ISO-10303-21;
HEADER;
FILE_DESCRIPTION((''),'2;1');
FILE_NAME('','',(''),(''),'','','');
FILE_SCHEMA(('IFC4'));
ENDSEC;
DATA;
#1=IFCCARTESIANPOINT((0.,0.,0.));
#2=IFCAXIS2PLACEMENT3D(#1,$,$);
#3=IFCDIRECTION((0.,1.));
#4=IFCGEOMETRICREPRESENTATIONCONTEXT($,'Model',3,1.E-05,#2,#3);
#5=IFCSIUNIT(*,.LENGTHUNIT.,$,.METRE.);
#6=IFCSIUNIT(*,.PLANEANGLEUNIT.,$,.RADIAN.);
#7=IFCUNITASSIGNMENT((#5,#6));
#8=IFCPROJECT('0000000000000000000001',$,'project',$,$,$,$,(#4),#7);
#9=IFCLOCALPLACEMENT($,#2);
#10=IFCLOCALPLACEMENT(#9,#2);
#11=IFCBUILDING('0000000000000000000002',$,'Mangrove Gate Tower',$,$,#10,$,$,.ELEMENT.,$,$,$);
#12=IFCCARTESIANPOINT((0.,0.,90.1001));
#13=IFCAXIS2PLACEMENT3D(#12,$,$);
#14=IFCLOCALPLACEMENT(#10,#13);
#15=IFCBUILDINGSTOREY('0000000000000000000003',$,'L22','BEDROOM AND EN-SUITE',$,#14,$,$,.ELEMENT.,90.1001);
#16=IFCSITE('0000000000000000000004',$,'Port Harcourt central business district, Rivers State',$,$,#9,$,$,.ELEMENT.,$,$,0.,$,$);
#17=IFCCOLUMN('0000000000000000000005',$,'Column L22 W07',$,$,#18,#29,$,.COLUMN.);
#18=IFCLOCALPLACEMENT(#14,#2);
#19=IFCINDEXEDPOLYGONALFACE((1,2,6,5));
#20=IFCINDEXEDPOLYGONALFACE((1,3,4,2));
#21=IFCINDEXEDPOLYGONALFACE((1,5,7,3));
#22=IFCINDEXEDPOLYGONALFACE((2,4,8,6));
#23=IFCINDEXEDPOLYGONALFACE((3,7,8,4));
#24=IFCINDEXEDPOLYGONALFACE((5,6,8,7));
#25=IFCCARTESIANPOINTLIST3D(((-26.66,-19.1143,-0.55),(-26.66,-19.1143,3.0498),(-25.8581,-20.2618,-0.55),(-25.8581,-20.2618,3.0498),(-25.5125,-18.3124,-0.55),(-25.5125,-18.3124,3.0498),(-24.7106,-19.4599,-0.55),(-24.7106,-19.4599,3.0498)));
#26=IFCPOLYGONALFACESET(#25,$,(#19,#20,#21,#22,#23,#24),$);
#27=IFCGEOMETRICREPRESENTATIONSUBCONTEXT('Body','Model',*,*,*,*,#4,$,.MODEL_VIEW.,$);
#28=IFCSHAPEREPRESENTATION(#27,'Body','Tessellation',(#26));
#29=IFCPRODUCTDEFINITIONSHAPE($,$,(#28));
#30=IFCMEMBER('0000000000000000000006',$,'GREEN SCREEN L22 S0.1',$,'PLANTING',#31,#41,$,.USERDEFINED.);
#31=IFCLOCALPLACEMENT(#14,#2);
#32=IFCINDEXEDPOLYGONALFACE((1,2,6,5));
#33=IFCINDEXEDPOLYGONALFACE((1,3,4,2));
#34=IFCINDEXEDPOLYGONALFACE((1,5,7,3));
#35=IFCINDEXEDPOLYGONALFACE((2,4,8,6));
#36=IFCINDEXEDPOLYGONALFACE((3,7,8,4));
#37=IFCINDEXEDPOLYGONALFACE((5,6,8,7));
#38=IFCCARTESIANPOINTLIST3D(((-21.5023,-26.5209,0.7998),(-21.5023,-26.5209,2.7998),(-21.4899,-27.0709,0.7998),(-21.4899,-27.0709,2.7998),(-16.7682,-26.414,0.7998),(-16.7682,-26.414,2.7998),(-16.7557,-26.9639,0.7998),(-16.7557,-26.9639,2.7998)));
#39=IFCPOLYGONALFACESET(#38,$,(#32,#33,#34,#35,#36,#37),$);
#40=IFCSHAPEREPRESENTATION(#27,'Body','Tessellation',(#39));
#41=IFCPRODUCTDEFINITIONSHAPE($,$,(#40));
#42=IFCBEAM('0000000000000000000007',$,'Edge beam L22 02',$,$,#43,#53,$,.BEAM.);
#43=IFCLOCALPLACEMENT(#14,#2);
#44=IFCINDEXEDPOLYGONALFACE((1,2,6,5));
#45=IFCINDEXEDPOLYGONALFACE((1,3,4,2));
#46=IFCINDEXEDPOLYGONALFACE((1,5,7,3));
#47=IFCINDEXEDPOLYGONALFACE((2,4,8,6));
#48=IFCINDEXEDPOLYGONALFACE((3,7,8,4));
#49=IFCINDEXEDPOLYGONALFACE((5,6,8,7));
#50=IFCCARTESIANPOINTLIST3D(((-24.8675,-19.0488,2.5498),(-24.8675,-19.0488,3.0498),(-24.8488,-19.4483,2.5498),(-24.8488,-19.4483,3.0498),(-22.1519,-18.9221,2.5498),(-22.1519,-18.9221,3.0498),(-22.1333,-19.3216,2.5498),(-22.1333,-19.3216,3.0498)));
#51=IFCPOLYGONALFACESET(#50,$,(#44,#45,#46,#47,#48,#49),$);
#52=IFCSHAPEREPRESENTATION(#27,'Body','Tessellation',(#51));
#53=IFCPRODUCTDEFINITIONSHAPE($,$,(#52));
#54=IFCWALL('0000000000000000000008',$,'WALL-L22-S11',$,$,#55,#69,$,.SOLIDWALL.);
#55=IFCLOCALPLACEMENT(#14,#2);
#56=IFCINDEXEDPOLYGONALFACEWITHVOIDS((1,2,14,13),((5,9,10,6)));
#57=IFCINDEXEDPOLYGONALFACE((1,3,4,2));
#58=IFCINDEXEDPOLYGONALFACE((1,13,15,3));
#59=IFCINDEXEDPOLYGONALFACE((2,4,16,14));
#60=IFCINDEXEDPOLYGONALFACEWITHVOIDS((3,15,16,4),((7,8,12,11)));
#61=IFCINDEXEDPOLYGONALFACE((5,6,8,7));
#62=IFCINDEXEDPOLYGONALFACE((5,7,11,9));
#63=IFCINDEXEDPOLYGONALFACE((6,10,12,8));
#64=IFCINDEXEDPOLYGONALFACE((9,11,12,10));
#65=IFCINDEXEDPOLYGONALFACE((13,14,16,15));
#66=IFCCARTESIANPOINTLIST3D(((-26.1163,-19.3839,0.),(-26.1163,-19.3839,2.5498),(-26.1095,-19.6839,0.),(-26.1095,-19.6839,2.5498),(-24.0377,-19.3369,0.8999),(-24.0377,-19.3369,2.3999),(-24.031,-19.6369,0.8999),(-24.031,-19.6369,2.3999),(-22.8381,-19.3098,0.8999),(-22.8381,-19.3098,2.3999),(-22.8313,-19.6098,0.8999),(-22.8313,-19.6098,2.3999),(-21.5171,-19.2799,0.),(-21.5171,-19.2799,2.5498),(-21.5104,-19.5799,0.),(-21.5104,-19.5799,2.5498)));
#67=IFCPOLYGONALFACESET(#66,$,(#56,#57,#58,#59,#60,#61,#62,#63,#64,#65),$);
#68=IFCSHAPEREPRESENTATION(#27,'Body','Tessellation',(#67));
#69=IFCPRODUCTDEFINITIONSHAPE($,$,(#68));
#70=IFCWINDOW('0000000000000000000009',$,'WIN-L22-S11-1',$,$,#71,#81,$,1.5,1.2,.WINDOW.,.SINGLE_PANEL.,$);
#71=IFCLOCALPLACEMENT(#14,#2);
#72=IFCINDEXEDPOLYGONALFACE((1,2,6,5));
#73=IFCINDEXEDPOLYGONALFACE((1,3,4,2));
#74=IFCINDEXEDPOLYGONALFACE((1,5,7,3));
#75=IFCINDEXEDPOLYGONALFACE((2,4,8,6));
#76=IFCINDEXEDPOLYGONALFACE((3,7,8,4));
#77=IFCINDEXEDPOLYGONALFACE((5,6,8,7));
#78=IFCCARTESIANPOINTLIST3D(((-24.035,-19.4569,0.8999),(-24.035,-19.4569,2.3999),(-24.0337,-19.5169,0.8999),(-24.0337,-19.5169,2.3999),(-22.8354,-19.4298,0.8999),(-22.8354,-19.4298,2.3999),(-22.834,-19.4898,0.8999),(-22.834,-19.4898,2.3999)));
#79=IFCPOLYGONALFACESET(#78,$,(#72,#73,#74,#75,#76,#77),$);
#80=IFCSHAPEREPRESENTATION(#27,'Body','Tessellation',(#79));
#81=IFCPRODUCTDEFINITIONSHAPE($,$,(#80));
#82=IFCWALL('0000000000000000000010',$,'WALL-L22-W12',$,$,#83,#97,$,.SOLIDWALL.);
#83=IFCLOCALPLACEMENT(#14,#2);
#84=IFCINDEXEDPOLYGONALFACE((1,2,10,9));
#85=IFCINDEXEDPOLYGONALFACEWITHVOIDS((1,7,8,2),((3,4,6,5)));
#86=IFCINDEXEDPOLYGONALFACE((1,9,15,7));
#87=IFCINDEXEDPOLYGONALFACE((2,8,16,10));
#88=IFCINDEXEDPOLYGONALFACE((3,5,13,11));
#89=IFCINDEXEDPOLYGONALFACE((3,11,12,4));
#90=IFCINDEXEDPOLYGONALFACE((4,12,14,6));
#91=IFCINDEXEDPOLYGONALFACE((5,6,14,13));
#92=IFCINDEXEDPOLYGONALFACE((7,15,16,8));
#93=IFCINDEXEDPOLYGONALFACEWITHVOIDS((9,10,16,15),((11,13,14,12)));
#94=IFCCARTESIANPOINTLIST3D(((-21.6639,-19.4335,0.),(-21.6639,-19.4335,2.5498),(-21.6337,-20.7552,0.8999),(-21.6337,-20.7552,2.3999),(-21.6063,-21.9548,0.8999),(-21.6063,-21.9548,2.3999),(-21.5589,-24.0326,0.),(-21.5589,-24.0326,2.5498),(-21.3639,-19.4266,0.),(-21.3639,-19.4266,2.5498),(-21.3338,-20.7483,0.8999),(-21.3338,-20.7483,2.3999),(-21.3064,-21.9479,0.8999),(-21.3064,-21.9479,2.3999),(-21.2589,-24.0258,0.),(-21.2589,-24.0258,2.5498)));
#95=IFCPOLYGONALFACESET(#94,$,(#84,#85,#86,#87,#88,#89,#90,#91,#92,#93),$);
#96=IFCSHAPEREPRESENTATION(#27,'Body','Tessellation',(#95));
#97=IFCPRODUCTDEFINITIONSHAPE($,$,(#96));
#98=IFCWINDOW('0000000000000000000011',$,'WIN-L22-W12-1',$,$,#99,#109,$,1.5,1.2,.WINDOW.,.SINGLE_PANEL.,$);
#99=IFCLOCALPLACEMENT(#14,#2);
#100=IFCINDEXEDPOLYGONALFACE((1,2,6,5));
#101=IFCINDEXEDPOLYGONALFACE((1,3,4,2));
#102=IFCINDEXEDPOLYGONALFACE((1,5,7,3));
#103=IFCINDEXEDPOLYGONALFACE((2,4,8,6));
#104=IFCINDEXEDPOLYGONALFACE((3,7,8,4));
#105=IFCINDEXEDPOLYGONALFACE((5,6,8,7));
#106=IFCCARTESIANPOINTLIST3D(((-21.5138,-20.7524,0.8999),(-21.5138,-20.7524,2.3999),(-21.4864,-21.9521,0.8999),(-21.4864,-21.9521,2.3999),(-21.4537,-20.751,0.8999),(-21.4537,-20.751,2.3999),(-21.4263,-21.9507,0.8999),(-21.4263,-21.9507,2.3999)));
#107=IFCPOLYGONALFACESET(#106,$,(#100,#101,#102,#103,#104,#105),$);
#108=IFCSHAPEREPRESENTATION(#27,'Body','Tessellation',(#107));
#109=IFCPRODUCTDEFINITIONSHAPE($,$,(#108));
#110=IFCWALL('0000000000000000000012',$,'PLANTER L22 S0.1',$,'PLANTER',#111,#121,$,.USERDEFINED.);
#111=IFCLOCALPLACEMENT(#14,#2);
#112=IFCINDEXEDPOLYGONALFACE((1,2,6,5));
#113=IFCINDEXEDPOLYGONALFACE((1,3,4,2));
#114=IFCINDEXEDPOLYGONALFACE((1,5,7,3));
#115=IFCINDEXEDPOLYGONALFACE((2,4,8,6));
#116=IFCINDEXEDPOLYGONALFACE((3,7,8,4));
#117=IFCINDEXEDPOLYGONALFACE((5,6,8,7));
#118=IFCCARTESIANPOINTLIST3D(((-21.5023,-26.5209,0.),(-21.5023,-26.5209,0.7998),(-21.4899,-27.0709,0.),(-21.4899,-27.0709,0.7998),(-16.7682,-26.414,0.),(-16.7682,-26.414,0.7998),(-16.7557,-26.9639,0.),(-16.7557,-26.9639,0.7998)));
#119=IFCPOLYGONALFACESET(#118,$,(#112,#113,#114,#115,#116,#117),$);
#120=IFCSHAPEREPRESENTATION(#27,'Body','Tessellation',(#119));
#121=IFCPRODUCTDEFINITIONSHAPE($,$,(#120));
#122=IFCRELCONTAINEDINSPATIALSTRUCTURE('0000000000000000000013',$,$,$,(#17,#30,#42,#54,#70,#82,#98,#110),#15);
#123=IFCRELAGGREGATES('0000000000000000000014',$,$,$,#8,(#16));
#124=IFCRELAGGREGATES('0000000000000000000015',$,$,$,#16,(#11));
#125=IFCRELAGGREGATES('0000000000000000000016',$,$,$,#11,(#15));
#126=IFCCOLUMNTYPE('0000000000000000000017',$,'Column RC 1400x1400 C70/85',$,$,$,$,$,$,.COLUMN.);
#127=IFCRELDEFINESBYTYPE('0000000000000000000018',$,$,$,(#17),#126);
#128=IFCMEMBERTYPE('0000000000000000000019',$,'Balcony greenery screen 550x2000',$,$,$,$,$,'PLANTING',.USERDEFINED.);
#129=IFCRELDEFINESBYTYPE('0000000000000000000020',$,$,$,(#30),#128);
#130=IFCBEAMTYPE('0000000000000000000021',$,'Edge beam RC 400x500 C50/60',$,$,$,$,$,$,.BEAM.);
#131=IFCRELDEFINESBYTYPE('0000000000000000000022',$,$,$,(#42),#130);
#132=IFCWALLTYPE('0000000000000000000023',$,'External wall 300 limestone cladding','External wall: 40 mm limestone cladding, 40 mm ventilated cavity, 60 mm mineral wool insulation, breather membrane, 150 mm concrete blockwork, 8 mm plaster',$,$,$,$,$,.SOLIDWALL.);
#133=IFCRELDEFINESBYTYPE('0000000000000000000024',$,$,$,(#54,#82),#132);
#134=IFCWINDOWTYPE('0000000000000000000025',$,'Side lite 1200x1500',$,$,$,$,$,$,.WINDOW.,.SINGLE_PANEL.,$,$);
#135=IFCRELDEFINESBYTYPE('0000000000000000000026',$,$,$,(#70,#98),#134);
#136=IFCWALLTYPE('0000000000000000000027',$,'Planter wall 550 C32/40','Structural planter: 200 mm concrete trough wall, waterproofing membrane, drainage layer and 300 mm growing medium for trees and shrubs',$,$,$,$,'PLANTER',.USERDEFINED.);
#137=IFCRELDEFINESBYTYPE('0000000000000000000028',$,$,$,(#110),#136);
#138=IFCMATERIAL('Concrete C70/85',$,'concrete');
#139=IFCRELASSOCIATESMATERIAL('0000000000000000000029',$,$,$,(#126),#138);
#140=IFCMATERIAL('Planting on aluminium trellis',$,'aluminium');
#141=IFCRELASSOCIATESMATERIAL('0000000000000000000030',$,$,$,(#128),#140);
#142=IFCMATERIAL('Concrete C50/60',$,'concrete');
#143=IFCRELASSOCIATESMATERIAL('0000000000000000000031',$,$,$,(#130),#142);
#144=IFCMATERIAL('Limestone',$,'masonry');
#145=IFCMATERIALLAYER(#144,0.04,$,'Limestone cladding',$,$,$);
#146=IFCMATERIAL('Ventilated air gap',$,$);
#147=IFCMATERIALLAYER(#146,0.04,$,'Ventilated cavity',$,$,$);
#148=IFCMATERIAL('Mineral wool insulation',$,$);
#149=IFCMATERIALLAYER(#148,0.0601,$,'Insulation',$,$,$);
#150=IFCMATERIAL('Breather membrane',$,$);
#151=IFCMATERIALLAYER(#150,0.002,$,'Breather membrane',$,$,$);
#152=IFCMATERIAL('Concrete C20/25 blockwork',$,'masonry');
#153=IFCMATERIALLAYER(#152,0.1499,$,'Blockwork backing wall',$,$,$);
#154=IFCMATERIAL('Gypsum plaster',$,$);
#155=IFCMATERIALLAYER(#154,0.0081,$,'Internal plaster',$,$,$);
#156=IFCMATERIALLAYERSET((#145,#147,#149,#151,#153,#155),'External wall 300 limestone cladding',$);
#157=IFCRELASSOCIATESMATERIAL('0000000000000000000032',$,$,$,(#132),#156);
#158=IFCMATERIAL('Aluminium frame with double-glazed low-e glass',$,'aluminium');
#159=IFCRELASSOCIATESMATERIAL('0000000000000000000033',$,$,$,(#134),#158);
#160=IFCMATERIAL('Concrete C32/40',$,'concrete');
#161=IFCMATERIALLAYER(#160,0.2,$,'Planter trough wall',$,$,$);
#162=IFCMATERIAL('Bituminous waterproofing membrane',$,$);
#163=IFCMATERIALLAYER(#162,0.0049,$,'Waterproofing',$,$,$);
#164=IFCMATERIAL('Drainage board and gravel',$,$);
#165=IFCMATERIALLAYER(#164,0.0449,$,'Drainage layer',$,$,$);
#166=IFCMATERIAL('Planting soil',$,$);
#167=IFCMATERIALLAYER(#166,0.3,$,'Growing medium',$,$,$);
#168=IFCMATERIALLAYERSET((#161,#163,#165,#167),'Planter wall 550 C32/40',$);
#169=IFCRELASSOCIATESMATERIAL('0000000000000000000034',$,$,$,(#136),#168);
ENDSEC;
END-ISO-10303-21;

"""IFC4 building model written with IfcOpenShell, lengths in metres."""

from ifc_helpers import new_model, si_unit, direction, frame, frame_2d, origin, origin_2d, place, context, subcontext, project, spatial, rectangle, extrude, material, layer, layer_set, material_profile, profile_set, type_object, element, fill, save


model = new_model("IFC4")

# Units and contexts
model_context = context("Model", 3, precision=1e-05, world=origin(), true_north=direction((0.0, 1.0)))
body_context = subcontext(model_context, "Body", "Model", "MODEL_VIEW")
ifc_project = project(units=[si_unit("LENGTHUNIT", "METRE"), si_unit("PLANEANGLEUNIT", "RADIAN")], contexts=[model_context])

# Site, building, storey
site_placement = place(None, origin())
site = spatial("IfcSite", under=ifc_project, at=site_placement, Name="Port Harcourt central business district, Rivers State", CompositionType="ELEMENT", RefElevation=0.0)
building_placement = place(site_placement, origin())
building = spatial("IfcBuilding", under=site, at=building_placement, Name="Mangrove Gate Tower", CompositionType="ELEMENT")
storey_placement = place(building_placement, frame((0.0, 0.0, 90.1001)))
storey = spatial("IfcBuildingStorey", under=building, at=storey_placement, Name="L22", Description="BEDROOM AND EN-SUITE", CompositionType="ELEMENT", Elevation=90.1001)

# Column
ifc_material_1 = material(Name="Concrete C70/85", Category="concrete")
ifc_material_profile_1 = material_profile(ifc_material_1, rectangle(XDim=1.3999, YDim=1.3999, at=origin_2d()))
ifc_profile_set_1 = profile_set([ifc_material_profile_1], Name="Concrete C70/85")
column_type = type_object("IfcColumnType", Name="Column RC 1400x1400 C70/85", PredefinedType="COLUMN", material=ifc_profile_set_1)
column_placement = place(storey_placement, frame((-25.6853, -19.2871, -0.55), z_axis=(0.0, 0.0, 1.0), x_axis=(0.572799, -0.819696, 0.0)))
element("IfcColumn", 1, at=column_placement, inside=storey, type_object=column_type, Name="Column L22 W07", PredefinedType="COLUMN", context=body_context, shape_type="SweptSolid", body=[
    extrude(rectangle(XDim=1.3999, YDim=1.3999, at=origin_2d()), origin(), (0.0, 0.0, 1.0), 3.5999),
])

# Member
ifc_material_2 = material(Name="Planting on aluminium trellis", Category="aluminium")
ifc_material_profile_2 = material_profile(ifc_material_2, rectangle(XDim=0.55, YDim=2.0, at=origin_2d()))
ifc_profile_set_2 = profile_set([ifc_material_profile_2], Name="Planting on aluminium trellis")
member_type = type_object("IfcMemberType", Name="Balcony greenery screen 550x2000", ElementType="PLANTING", PredefinedType="USERDEFINED", material=ifc_profile_set_2)
member_placement = place(storey_placement, frame((-21.4961, -26.7959, 1.7998), z_axis=(0.999745, 0.022582, 0.0), x_axis=(-0.022582, 0.999745, 0.0)))
element("IfcMember", 2, at=member_placement, inside=storey, type_object=member_type, Name="GREEN SCREEN L22 S0.1", ObjectType="PLANTING", PredefinedType="USERDEFINED", context=body_context, shape_type="SweptSolid", body=[
    extrude(rectangle(XDim=0.55, YDim=2.0, at=origin_2d()), origin(), (0.0, 0.0, 1.0), 4.7354),
])

# Beam
ifc_material_3 = material(Name="Concrete C50/60", Category="concrete")
ifc_material_profile_3 = material_profile(ifc_material_3, rectangle(XDim=0.3999, YDim=0.5, at=origin_2d()))
ifc_profile_set_3 = profile_set([ifc_material_profile_3], Name="Concrete C50/60")
beam_type = type_object("IfcBeamType", Name="Edge beam RC 400x500 C50/60", PredefinedType="BEAM", material=ifc_profile_set_3)
beam_placement = place(storey_placement, frame((-24.8582, -19.2485, 2.7998), z_axis=(0.998913, 0.046609, 0.0), x_axis=(-0.046609, 0.998913, 0.0)))
element("IfcBeam", 3, at=beam_placement, inside=storey, type_object=beam_type, Name="Edge beam L22 02", PredefinedType="BEAM", context=body_context, shape_type="SweptSolid", body=[
    extrude(rectangle(XDim=0.3999, YDim=0.5, at=origin_2d()), origin(), (0.0, 0.0, 1.0), 2.7185),
])

# Walls, openings, windows
ifc_material_4 = material(Name="Limestone", Category="masonry")
ifc_layer_1 = layer(ifc_material_4, 0.04, Name="Limestone cladding")
ifc_material_5 = material(Name="Ventilated air gap")
ifc_layer_2 = layer(ifc_material_5, 0.04, Name="Ventilated cavity")
ifc_material_6 = material(Name="Mineral wool insulation")
ifc_layer_3 = layer(ifc_material_6, 0.0601, Name="Insulation")
ifc_material_7 = material(Name="Breather membrane")
ifc_layer_4 = layer(ifc_material_7, 0.002, Name="Breather membrane")
ifc_material_8 = material(Name="Concrete C20/25 blockwork", Category="masonry")
ifc_layer_5 = layer(ifc_material_8, 0.1499, Name="Blockwork backing wall")
ifc_material_9 = material(Name="Gypsum plaster")
ifc_layer_6 = layer(ifc_material_9, 0.0081, Name="Internal plaster")
ifc_layer_set_1 = layer_set([ifc_layer_1, ifc_layer_2, ifc_layer_3, ifc_layer_4, ifc_layer_5, ifc_layer_6], Name="External wall 300 limestone cladding")
wall_type_1 = type_object("IfcWallType", Name="External wall 300 limestone cladding", Description="External wall: 40 mm limestone cladding, 40 mm ventilated cavity, 60 mm mineral wool insulation, breather membrane, 150 mm concrete blockwork, 8 mm plaster", PredefinedType="SOLIDWALL", material=ifc_layer_set_1)
wall_1_placement = place(storey_placement, frame((-26.113, -19.5339, 0.0), z_axis=(0.0, 0.0, 1.0), x_axis=(0.999744, 0.022608, 0.0)))
wall_1 = element("IfcWall", 4, at=wall_1_placement, inside=storey, type_object=wall_type_1, Name="WALL-L22-S11", PredefinedType="SOLIDWALL", context=body_context, shape_type="SweptSolid", body=[
    extrude(rectangle(XDim=4.6003, YDim=0.3, at=frame_2d((2.3003, 0.0))), origin(), (0.0, 0.0, 1.0), 2.5498),
])
opening_1_placement = place(wall_1_placement, frame((2.0791, 0.0, 0.8999)))
opening_1 = element("IfcOpeningElement", 5, at=opening_1_placement, cuts=wall_1, PredefinedType="OPENING", context=body_context, shape_type="SweptSolid", body=[
    extrude(rectangle(XDim=1.2, YDim=1.5, at=frame_2d((0.6001, 0.75))), frame((0.0, 0.1599, 0.0), z_axis=(0.0, -1.0, 0.0), x_axis=(1.0, 0.0, 0.0)), (0.0, 0.0, 1.0), 0.3201),
])
ifc_material_10 = material(Name="Aluminium frame with double-glazed low-e glass", Category="aluminium")
window_type_1 = type_object("IfcWindowType", Name="Side lite 1200x1500", PartitioningType="SINGLE_PANEL", PredefinedType="WINDOW", material=ifc_material_10)
window_1_placement = place(opening_1_placement, origin())
window_1 = element("IfcWindow", 6, at=window_1_placement, inside=storey, type_object=window_type_1, Name="WIN-L22-S11-1", OverallHeight=1.5, OverallWidth=1.2, PartitioningType="SINGLE_PANEL", PredefinedType="WINDOW", context=body_context, shape_type="SweptSolid", body=[
    extrude(rectangle(XDim=1.2, YDim=1.5, at=frame_2d((0.6001, 0.75))), frame((0.0, 0.03, 0.0), z_axis=(0.0, -1.0, 0.0), x_axis=(1.0, 0.0, 0.0)), (0.0, 0.0, 1.0), 0.0601),
])
fill(opening_1, window_1)
wall_2_placement = place(storey_placement, frame((-21.5139, -19.4299, 0.0), z_axis=(0.0, 0.0, 1.0), x_axis=(0.02282, -0.99974, 0.0)))
wall_2 = element("IfcWall", 7, at=wall_2_placement, inside=storey, type_object=wall_type_1, Name="WALL-L22-W12", PredefinedType="SOLIDWALL", context=body_context, shape_type="SweptSolid", body=[
    extrude(rectangle(XDim=4.6003, YDim=0.3, at=frame_2d((2.3003, 0.0))), origin(), (0.0, 0.0, 1.0), 2.5498),
])
opening_2_placement = place(wall_2_placement, frame((1.322, 0.0, 0.8999)))
opening_2 = element("IfcOpeningElement", 8, at=opening_2_placement, cuts=wall_2, PredefinedType="OPENING", context=body_context, shape_type="SweptSolid", body=[
    extrude(rectangle(XDim=1.2, YDim=1.5, at=frame_2d((0.6001, 0.75))), frame((0.0, 0.1599, 0.0), z_axis=(0.0, -1.0, 0.0), x_axis=(1.0, 0.0, 0.0)), (0.0, 0.0, 1.0), 0.3201),
])
window_2_placement = place(opening_2_placement, origin())
window_2 = element("IfcWindow", 9, at=window_2_placement, inside=storey, type_object=window_type_1, Name="WIN-L22-W12-1", OverallHeight=1.5, OverallWidth=1.2, PartitioningType="SINGLE_PANEL", PredefinedType="WINDOW", context=body_context, shape_type="SweptSolid", body=[
    extrude(rectangle(XDim=1.2, YDim=1.5, at=frame_2d((0.6001, 0.75))), frame((0.0, 0.03, 0.0), z_axis=(0.0, -1.0, 0.0), x_axis=(1.0, 0.0, 0.0)), (0.0, 0.0, 1.0), 0.0601),
])
fill(opening_2, window_2)

# Wall
ifc_material_11 = material(Name="Concrete C32/40", Category="concrete")
ifc_layer_7 = layer(ifc_material_11, 0.2, Name="Planter trough wall")
ifc_material_12 = material(Name="Bituminous waterproofing membrane")
ifc_layer_8 = layer(ifc_material_12, 0.0049, Name="Waterproofing")
ifc_material_13 = material(Name="Drainage board and gravel")
ifc_layer_9 = layer(ifc_material_13, 0.0449, Name="Drainage layer")
ifc_material_14 = material(Name="Planting soil")
ifc_layer_10 = layer(ifc_material_14, 0.3, Name="Growing medium")
ifc_layer_set_2 = layer_set([ifc_layer_7, ifc_layer_8, ifc_layer_9, ifc_layer_10], Name="Planter wall 550 C32/40")
wall_type_2 = type_object("IfcWallType", Name="Planter wall 550 C32/40", Description="Structural planter: 200 mm concrete trough wall, waterproofing membrane, drainage layer and 300 mm growing medium for trees and shrubs", ElementType="PLANTER", PredefinedType="USERDEFINED", material=ifc_layer_set_2)
wall_3_placement = place(storey_placement, frame((-21.4961, -26.7959, 0.0), z_axis=(0.0, 0.0, 1.0), x_axis=(0.999745, 0.022582, 0.0)))
element("IfcWall", 10, at=wall_3_placement, inside=storey, type_object=wall_type_2, Name="PLANTER L22 S0.1", ObjectType="PLANTER", PredefinedType="USERDEFINED", context=body_context, shape_type="SweptSolid", body=[
    extrude(rectangle(XDim=4.7354, YDim=0.55, at=frame_2d((2.3677, 0.0))), origin(), (0.0, 0.0, 1.0), 0.7998),
])

save(model, "model.ifc")
